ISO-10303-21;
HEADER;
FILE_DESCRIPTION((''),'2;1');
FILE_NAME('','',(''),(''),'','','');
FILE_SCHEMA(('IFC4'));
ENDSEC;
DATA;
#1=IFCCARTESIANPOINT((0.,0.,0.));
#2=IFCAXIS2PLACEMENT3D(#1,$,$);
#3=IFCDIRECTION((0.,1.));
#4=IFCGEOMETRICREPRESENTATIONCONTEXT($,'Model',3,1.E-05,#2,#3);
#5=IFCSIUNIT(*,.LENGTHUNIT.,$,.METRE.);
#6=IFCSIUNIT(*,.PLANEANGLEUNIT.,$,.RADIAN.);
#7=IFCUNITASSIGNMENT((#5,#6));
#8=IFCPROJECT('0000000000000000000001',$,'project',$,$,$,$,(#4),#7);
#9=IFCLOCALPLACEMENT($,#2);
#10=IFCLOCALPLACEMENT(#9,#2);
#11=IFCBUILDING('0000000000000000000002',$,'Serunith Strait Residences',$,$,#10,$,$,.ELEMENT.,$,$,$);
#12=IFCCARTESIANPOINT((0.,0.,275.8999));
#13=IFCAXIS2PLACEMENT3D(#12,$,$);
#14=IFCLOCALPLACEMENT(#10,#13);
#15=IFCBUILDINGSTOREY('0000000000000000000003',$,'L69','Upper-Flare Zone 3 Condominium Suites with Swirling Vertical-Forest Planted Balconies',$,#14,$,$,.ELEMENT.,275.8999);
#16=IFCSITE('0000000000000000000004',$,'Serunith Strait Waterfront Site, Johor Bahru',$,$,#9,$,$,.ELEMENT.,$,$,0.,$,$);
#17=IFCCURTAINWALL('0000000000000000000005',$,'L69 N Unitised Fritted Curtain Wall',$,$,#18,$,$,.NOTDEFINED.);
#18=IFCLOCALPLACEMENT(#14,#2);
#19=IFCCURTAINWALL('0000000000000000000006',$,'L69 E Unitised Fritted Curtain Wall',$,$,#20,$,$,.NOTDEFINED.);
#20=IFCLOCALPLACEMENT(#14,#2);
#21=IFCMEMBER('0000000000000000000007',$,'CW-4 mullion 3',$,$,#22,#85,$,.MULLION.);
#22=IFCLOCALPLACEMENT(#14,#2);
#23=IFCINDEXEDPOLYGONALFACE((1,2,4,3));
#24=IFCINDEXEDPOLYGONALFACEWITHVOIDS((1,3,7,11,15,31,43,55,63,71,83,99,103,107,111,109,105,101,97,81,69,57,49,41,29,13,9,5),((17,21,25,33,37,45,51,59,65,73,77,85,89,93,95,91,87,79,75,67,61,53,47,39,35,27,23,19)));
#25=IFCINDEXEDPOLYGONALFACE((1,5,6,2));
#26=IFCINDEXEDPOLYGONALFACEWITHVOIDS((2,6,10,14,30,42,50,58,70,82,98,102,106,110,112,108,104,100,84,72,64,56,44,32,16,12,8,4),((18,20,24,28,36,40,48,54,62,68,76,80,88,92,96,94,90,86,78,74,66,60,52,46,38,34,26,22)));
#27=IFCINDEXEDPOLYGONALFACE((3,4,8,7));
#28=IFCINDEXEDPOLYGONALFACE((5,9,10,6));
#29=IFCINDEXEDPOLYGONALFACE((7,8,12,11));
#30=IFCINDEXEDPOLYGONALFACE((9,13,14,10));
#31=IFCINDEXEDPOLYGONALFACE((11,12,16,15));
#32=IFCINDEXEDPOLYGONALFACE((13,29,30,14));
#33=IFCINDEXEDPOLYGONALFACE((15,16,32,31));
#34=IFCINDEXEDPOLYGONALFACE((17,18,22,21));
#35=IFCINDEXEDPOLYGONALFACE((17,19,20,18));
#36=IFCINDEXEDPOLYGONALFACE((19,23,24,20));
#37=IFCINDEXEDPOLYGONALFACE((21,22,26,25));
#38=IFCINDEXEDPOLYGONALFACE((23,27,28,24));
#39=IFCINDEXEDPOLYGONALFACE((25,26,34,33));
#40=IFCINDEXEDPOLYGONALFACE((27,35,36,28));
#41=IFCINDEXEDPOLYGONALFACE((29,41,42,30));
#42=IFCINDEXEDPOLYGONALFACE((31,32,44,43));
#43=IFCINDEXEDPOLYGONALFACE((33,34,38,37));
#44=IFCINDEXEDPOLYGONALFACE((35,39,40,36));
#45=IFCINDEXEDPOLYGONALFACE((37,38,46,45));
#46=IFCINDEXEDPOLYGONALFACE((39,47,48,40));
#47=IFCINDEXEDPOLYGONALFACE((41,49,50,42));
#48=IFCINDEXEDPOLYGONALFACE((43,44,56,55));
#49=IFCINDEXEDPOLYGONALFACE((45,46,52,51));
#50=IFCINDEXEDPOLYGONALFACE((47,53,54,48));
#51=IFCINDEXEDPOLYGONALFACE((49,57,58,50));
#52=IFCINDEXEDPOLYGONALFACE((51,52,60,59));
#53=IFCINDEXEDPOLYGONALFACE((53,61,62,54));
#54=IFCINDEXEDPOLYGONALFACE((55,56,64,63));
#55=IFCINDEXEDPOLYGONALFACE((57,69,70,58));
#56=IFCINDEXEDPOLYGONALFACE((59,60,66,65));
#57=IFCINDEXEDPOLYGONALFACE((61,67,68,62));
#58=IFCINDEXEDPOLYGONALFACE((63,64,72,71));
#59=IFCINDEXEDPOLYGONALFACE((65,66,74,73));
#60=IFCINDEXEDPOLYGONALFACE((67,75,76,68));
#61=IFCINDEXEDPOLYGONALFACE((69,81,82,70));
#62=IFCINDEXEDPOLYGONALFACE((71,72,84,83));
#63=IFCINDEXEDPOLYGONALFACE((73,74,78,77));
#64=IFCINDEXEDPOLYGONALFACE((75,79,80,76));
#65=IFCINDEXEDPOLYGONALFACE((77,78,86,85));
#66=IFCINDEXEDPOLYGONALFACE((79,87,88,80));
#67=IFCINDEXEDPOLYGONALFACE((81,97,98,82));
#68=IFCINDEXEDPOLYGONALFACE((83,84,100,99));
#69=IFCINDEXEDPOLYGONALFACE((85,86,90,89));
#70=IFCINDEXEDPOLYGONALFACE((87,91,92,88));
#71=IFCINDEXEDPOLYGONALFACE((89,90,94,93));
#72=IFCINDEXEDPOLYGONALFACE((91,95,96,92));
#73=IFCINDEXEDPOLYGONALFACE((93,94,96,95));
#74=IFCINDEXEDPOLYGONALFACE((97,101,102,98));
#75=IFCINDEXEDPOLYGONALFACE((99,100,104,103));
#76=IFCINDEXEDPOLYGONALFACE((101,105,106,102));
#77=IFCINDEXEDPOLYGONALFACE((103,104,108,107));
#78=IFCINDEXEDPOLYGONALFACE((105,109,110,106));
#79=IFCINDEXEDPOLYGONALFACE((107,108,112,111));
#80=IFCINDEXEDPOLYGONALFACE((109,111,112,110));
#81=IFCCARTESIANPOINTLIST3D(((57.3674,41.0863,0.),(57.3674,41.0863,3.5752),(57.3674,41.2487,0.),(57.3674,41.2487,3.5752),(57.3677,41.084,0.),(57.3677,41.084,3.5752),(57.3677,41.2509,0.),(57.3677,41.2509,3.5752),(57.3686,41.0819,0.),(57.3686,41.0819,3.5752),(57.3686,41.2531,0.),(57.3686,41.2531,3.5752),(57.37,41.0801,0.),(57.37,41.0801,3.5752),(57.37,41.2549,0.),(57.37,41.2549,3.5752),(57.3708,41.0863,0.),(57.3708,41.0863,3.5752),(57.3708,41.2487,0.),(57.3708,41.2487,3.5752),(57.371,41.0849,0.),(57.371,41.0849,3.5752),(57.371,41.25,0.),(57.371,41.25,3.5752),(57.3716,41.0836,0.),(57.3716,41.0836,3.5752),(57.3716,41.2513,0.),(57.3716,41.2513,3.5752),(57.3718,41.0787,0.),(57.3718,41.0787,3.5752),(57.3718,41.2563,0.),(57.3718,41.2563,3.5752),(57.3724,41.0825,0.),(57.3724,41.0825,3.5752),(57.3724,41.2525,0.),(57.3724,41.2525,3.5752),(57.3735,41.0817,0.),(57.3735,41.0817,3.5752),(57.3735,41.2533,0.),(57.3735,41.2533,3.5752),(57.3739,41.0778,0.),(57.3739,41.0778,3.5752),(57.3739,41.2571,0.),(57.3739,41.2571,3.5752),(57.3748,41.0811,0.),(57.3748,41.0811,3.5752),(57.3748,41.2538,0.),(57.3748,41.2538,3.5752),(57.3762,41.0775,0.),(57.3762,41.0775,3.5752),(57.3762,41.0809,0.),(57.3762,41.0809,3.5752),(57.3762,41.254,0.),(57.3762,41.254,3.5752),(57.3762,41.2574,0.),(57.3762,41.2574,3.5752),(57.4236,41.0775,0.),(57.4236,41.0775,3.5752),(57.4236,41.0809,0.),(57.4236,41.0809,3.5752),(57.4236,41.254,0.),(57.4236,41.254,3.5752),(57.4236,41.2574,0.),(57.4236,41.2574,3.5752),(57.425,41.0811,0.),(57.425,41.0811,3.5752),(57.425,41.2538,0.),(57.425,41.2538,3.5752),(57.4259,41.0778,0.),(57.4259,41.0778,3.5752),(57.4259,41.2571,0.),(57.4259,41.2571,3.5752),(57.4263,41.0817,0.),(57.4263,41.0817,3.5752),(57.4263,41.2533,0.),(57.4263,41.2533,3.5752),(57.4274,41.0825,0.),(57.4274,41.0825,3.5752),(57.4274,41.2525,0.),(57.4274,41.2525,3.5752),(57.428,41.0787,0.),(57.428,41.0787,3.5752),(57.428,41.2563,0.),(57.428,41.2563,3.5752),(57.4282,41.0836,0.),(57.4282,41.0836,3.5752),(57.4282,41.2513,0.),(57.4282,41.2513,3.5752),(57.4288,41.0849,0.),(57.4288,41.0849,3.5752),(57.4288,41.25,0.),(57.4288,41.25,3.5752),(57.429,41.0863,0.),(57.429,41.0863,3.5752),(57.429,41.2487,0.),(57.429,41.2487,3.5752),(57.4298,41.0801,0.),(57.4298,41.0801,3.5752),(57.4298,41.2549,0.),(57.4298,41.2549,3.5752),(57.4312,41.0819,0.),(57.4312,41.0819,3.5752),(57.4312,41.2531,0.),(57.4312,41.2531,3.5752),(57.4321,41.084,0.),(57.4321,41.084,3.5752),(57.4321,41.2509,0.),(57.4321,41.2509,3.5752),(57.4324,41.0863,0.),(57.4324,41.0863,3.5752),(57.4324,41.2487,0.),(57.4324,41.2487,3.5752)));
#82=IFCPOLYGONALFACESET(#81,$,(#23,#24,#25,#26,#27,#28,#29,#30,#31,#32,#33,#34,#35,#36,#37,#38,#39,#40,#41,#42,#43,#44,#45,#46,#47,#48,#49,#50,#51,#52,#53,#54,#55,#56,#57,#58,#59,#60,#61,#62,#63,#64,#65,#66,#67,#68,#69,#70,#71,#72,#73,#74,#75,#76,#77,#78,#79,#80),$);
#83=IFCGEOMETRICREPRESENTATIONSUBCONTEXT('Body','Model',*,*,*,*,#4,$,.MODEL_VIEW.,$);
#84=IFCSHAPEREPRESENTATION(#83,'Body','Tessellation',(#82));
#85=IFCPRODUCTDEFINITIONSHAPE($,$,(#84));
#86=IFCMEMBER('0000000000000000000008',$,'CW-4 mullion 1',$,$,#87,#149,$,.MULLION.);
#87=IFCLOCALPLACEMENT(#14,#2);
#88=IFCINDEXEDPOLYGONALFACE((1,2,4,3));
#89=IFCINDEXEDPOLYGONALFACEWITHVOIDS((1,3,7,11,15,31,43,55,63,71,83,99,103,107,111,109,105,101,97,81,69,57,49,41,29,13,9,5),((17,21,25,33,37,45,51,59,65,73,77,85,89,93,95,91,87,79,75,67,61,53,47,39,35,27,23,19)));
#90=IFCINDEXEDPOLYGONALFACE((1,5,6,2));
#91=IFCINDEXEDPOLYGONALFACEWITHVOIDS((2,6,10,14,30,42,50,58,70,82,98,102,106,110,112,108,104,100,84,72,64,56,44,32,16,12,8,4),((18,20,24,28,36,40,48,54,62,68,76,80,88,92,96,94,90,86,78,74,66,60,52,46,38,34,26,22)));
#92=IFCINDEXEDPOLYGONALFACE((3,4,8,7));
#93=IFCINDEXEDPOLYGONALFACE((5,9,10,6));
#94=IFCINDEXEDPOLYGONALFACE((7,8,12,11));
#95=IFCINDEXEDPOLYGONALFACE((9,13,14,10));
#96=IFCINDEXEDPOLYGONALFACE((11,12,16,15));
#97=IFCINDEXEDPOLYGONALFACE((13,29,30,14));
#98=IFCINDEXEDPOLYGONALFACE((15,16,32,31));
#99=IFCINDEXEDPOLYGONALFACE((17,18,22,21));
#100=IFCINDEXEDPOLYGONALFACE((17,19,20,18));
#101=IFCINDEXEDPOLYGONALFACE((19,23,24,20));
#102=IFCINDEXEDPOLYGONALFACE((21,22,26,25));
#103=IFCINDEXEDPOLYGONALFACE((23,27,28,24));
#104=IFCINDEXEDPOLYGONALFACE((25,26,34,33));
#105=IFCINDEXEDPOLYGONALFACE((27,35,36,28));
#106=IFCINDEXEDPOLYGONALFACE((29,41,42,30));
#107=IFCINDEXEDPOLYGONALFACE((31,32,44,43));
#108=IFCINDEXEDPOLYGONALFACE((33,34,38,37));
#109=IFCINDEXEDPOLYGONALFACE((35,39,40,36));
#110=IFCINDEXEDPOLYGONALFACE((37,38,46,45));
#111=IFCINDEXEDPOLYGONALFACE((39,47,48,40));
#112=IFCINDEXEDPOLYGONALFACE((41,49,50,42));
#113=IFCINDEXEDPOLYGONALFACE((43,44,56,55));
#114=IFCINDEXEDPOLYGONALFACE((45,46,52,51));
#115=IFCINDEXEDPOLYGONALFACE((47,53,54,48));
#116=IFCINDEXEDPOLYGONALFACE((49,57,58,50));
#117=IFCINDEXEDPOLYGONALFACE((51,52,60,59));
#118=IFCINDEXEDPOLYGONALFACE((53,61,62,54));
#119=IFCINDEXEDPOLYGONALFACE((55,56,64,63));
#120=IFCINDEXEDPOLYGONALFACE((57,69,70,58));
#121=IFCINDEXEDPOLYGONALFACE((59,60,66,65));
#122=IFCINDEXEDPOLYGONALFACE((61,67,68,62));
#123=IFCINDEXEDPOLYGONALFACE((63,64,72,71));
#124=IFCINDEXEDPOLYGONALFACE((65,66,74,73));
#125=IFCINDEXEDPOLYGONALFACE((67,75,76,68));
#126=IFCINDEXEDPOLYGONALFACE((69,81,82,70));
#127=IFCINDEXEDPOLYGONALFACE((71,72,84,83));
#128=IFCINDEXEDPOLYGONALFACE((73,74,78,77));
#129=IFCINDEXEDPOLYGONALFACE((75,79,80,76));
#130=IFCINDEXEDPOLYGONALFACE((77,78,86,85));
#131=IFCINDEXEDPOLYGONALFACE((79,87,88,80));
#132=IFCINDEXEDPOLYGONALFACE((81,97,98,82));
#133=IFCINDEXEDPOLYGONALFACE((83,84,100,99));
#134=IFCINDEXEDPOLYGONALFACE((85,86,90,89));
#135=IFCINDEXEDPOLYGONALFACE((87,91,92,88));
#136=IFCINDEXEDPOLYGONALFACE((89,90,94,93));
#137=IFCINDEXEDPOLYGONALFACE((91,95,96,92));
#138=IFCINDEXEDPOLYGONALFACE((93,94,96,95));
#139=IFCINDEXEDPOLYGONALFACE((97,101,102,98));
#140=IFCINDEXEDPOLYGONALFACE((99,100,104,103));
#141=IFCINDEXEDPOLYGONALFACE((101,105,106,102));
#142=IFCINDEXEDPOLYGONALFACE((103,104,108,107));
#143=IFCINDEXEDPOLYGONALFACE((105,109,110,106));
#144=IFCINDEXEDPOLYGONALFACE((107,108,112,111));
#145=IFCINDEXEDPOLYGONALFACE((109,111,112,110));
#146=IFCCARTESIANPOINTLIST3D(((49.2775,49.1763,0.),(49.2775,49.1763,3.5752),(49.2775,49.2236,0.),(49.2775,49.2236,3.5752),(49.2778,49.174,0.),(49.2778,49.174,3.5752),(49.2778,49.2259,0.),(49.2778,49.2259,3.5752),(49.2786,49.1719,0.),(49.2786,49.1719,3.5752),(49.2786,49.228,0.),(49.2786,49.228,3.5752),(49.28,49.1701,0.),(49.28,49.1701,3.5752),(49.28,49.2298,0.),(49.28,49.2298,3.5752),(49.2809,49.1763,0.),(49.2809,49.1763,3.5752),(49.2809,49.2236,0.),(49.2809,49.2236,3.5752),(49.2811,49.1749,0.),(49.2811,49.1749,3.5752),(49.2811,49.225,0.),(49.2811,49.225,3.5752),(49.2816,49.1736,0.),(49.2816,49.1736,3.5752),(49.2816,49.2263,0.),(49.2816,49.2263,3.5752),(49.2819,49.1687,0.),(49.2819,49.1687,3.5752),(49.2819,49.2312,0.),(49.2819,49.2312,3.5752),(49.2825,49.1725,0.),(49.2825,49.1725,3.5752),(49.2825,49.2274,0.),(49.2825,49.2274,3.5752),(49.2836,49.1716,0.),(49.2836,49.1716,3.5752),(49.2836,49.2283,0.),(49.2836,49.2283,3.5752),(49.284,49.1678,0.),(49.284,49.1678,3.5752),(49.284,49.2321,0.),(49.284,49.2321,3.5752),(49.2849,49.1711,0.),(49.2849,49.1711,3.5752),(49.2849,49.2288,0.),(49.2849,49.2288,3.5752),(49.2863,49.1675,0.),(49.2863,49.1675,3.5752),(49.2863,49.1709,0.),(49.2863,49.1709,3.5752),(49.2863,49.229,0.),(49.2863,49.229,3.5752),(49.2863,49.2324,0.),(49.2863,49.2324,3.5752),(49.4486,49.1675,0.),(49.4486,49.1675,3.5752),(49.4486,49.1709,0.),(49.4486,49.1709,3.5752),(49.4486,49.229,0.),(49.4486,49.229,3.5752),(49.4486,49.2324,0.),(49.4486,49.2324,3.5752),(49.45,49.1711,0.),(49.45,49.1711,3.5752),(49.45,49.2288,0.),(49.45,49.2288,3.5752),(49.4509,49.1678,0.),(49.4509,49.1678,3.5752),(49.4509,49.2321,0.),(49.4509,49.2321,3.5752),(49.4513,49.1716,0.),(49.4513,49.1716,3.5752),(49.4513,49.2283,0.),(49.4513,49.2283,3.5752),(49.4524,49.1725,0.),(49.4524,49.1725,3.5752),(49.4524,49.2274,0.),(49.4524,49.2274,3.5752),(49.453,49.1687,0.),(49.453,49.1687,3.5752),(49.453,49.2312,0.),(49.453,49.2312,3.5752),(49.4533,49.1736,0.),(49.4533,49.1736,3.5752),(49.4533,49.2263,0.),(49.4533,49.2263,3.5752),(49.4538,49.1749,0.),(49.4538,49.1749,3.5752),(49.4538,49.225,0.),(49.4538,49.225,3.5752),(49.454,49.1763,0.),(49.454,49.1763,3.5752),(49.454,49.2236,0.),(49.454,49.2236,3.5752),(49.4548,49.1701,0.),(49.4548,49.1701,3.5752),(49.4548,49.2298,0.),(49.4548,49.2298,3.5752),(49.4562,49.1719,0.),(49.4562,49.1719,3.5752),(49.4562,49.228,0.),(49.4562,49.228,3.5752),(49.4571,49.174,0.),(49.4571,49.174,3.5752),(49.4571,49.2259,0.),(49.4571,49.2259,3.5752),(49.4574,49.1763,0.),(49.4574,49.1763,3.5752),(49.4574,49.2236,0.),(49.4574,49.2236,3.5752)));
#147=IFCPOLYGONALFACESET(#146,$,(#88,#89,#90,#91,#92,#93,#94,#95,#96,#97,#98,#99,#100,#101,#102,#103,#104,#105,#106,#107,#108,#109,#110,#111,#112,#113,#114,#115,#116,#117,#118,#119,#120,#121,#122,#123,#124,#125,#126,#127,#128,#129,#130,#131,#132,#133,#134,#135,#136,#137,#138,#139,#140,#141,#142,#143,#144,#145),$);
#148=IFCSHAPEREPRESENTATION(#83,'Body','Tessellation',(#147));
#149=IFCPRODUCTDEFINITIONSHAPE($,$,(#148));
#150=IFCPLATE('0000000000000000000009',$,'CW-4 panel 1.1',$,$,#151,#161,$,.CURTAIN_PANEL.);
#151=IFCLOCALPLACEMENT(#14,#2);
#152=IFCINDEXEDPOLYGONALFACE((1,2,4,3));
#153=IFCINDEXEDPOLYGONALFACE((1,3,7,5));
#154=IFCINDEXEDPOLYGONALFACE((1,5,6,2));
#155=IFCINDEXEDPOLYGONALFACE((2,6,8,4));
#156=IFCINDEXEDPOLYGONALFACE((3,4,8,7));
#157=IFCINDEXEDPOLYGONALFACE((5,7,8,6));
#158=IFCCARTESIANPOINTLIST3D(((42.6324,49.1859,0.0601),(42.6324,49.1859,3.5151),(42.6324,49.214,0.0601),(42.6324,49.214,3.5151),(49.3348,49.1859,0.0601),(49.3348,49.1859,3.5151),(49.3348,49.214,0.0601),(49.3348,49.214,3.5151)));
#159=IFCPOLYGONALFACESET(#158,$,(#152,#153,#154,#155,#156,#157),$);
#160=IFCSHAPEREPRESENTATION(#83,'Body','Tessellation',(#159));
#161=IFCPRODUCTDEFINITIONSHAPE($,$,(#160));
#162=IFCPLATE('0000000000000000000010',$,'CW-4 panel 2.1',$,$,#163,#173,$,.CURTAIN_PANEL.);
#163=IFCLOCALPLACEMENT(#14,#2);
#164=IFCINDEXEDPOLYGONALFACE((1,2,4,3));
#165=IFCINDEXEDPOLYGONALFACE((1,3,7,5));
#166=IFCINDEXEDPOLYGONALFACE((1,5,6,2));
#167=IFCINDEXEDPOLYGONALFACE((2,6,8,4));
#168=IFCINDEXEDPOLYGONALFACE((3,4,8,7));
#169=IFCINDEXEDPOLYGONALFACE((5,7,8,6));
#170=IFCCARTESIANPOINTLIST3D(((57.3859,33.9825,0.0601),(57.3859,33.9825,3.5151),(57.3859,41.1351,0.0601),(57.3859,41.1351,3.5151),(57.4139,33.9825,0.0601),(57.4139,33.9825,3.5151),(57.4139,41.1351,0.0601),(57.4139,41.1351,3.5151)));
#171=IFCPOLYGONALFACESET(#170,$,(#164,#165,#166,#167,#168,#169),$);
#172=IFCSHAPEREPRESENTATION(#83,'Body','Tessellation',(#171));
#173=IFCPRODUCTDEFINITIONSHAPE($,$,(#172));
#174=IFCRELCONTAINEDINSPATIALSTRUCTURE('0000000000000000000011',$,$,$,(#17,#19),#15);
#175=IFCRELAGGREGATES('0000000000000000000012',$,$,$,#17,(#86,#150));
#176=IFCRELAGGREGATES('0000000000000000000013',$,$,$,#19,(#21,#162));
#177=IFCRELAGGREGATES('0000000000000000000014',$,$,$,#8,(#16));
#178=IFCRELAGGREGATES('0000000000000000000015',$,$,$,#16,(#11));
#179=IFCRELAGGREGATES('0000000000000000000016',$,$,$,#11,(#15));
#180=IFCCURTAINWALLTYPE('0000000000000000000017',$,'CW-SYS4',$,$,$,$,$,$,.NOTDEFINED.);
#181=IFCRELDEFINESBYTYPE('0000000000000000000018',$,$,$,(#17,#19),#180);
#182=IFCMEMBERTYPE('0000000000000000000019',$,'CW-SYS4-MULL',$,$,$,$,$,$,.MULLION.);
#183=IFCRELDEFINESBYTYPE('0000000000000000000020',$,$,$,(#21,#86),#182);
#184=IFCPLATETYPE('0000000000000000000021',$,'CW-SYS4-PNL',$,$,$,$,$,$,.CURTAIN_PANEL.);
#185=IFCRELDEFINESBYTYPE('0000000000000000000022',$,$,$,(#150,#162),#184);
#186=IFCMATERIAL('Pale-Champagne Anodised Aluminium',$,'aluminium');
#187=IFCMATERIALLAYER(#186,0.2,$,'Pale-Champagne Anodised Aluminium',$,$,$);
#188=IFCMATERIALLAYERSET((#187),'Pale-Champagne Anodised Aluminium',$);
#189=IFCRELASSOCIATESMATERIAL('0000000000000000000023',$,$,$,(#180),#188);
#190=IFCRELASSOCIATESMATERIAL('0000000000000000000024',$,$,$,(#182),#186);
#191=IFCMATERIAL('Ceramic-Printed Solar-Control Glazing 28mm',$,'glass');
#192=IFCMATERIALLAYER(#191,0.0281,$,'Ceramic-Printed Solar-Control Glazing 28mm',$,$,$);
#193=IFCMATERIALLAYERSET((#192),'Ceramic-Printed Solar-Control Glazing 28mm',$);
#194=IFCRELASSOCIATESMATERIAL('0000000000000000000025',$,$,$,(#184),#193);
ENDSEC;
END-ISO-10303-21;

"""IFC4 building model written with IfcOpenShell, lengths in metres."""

from ifc_helpers import new_model, si_unit, direction, frame, origin, origin_2d, place, context, subcontext, project, spatial, rectangle, hollow_rectangle, extrude, source, transform, mapped, material, layer, layer_set, material_profile, profile_set, type_object, element, aggregate, save


model = new_model("IFC4")

# Units and contexts
model_context = context("Model", 3, precision=1e-05, world=origin(), true_north=direction((0.0, 1.0)))
body_context = subcontext(model_context, "Body", "Model", "MODEL_VIEW")
ifc_project = project(units=[si_unit("LENGTHUNIT", "METRE"), si_unit("PLANEANGLEUNIT", "RADIAN")], contexts=[model_context])

# Site, building, storey
site_placement = place(None, origin())
site = spatial("IfcSite", under=ifc_project, at=site_placement, Name="Serunith Strait Waterfront Site, Johor Bahru", CompositionType="ELEMENT", RefElevation=0.0)
building_placement = place(site_placement, origin())
building = spatial("IfcBuilding", under=site, at=building_placement, Name="Serunith Strait Residences", CompositionType="ELEMENT")
storey_placement = place(building_placement, frame((0.0, 0.0, 275.8999)))
storey = spatial("IfcBuildingStorey", under=building, at=storey_placement, Name="L69", Description="Upper-Flare Zone 3 Condominium Suites with Swirling Vertical-Forest Planted Balconies", CompositionType="ELEMENT", Elevation=275.8999)

# Curtain wall
ifc_material_1 = material(Name="Pale-Champagne Anodised Aluminium", Category="aluminium")
ifc_layer_1 = layer(ifc_material_1, 0.2, Name="Pale-Champagne Anodised Aluminium")
ifc_layer_set_1 = layer_set([ifc_layer_1], Name="Pale-Champagne Anodised Aluminium")
curtain_wall_type = type_object("IfcCurtainWallType", Name="CW-SYS4", PredefinedType="NOTDEFINED", material=ifc_layer_set_1)
curtain_wall_1_placement = place(storey_placement, origin())
curtain_wall_1 = element("IfcCurtainWall", 1, at=curtain_wall_1_placement, inside=storey, type_object=curtain_wall_type, Name="L69 N Unitised Fritted Curtain Wall", PredefinedType="NOTDEFINED")

# Curtain wall, member
curtain_wall_2_placement = place(storey_placement, origin())
curtain_wall_2 = element("IfcCurtainWall", 2, at=curtain_wall_2_placement, inside=storey, type_object=curtain_wall_type, Name="L69 E Unitised Fritted Curtain Wall", PredefinedType="NOTDEFINED")
ifc_material_profile_1 = material_profile(ifc_material_1, hollow_rectangle(XDim=0.0649, YDim=0.1799, WallThickness=0.0034, InnerFilletRadius=0.0054, OuterFilletRadius=0.0088, at=origin_2d()), Name="ALU 180x65x3.5")
ifc_profile_set_1 = profile_set([ifc_material_profile_1], Name="Pale-Champagne Anodised Aluminium")
member_type_1 = type_object("IfcMemberType", Name="CW-SYS4-MULL", PredefinedType="MULLION", material=ifc_profile_set_1)
shared_shape_1 = source(origin(), body_context, "Body", "SweptSolid", [
    extrude(hollow_rectangle(XDim=0.0649, YDim=0.1799, WallThickness=0.0034, InnerFilletRadius=0.0054, OuterFilletRadius=0.0088, at=origin_2d()), origin(), (0.0, 0.0, 1.0), 3.5752),
])
member_1_placement = place(storey_placement, frame((57.3999, 41.1675, 0.0), z_axis=(0.0, 0.0, 1.0), x_axis=(-1.0, 0.0, 0.0)))
member_1 = element("IfcMember", 3, at=member_1_placement, type_object=member_type_1, Name="CW-4 mullion 3", PredefinedType="MULLION", context=body_context, shape_type="MappedRepresentation", body=[
    mapped(shared_shape_1, transform((0.0, 0.0, 0.0), scale=1.0)),
])

# Member
member_2_placement = place(storey_placement, frame((49.3674, 49.2, 0.0), z_axis=(0.0, 0.0, 1.0), x_axis=(0.0, -1.0, 0.0)))
member_2 = element("IfcMember", 4, at=member_2_placement, type_object=member_type_1, Name="CW-4 mullion 1", PredefinedType="MULLION", context=body_context, shape_type="MappedRepresentation", body=[
    mapped(shared_shape_1, transform((0.0, 0.0, 0.0), scale=1.0)),
])

# Plates
ifc_material_2 = material(Name="Ceramic-Printed Solar-Control Glazing 28mm", Category="glass")
ifc_layer_2 = layer(ifc_material_2, 0.0281, Name="Ceramic-Printed Solar-Control Glazing 28mm")
ifc_layer_set_2 = layer_set([ifc_layer_2], Name="Ceramic-Printed Solar-Control Glazing 28mm")
plate_type = type_object("IfcPlateType", Name="CW-SYS4-PNL", PredefinedType="CURTAIN_PANEL", material=ifc_layer_set_2)
shared_shape_2 = source(origin(), body_context, "Body", "SweptSolid", [
    extrude(rectangle(XDim=6.7024, YDim=0.0281, at=origin_2d()), origin(), (0.0, 0.0, 1.0), 3.4551),
])
plate_1_placement = place(storey_placement, frame((45.9836, 49.2, 0.0601), z_axis=(0.0, 0.0, 1.0), x_axis=(-1.0, 0.0, 0.0)))
plate_1 = element("IfcPlate", 5, at=plate_1_placement, type_object=plate_type, Name="CW-4 panel 1.1", PredefinedType="CURTAIN_PANEL", context=body_context, shape_type="MappedRepresentation", body=[
    mapped(shared_shape_2, transform((0.0, 0.0, 0.0), scale=1.0)),
])
aggregate(curtain_wall_1, [member_2, plate_1])
shared_shape_3 = source(origin(), body_context, "Body", "SweptSolid", [
    extrude(rectangle(XDim=7.1526, YDim=0.0281, at=origin_2d()), origin(), (0.0, 0.0, 1.0), 3.4551),
])
plate_2_placement = place(storey_placement, frame((57.3999, 37.5588, 0.0601), z_axis=(0.0, 0.0, 1.0), x_axis=(0.0, 1.0, 0.0)))
plate_2 = element("IfcPlate", 6, at=plate_2_placement, type_object=plate_type, Name="CW-4 panel 2.1", PredefinedType="CURTAIN_PANEL", context=body_context, shape_type="MappedRepresentation", body=[
    mapped(shared_shape_3, transform((0.0, 0.0, 0.0), scale=1.0)),
])
aggregate(curtain_wall_2, [member_1, plate_2])

save(model, "model.ifc")
